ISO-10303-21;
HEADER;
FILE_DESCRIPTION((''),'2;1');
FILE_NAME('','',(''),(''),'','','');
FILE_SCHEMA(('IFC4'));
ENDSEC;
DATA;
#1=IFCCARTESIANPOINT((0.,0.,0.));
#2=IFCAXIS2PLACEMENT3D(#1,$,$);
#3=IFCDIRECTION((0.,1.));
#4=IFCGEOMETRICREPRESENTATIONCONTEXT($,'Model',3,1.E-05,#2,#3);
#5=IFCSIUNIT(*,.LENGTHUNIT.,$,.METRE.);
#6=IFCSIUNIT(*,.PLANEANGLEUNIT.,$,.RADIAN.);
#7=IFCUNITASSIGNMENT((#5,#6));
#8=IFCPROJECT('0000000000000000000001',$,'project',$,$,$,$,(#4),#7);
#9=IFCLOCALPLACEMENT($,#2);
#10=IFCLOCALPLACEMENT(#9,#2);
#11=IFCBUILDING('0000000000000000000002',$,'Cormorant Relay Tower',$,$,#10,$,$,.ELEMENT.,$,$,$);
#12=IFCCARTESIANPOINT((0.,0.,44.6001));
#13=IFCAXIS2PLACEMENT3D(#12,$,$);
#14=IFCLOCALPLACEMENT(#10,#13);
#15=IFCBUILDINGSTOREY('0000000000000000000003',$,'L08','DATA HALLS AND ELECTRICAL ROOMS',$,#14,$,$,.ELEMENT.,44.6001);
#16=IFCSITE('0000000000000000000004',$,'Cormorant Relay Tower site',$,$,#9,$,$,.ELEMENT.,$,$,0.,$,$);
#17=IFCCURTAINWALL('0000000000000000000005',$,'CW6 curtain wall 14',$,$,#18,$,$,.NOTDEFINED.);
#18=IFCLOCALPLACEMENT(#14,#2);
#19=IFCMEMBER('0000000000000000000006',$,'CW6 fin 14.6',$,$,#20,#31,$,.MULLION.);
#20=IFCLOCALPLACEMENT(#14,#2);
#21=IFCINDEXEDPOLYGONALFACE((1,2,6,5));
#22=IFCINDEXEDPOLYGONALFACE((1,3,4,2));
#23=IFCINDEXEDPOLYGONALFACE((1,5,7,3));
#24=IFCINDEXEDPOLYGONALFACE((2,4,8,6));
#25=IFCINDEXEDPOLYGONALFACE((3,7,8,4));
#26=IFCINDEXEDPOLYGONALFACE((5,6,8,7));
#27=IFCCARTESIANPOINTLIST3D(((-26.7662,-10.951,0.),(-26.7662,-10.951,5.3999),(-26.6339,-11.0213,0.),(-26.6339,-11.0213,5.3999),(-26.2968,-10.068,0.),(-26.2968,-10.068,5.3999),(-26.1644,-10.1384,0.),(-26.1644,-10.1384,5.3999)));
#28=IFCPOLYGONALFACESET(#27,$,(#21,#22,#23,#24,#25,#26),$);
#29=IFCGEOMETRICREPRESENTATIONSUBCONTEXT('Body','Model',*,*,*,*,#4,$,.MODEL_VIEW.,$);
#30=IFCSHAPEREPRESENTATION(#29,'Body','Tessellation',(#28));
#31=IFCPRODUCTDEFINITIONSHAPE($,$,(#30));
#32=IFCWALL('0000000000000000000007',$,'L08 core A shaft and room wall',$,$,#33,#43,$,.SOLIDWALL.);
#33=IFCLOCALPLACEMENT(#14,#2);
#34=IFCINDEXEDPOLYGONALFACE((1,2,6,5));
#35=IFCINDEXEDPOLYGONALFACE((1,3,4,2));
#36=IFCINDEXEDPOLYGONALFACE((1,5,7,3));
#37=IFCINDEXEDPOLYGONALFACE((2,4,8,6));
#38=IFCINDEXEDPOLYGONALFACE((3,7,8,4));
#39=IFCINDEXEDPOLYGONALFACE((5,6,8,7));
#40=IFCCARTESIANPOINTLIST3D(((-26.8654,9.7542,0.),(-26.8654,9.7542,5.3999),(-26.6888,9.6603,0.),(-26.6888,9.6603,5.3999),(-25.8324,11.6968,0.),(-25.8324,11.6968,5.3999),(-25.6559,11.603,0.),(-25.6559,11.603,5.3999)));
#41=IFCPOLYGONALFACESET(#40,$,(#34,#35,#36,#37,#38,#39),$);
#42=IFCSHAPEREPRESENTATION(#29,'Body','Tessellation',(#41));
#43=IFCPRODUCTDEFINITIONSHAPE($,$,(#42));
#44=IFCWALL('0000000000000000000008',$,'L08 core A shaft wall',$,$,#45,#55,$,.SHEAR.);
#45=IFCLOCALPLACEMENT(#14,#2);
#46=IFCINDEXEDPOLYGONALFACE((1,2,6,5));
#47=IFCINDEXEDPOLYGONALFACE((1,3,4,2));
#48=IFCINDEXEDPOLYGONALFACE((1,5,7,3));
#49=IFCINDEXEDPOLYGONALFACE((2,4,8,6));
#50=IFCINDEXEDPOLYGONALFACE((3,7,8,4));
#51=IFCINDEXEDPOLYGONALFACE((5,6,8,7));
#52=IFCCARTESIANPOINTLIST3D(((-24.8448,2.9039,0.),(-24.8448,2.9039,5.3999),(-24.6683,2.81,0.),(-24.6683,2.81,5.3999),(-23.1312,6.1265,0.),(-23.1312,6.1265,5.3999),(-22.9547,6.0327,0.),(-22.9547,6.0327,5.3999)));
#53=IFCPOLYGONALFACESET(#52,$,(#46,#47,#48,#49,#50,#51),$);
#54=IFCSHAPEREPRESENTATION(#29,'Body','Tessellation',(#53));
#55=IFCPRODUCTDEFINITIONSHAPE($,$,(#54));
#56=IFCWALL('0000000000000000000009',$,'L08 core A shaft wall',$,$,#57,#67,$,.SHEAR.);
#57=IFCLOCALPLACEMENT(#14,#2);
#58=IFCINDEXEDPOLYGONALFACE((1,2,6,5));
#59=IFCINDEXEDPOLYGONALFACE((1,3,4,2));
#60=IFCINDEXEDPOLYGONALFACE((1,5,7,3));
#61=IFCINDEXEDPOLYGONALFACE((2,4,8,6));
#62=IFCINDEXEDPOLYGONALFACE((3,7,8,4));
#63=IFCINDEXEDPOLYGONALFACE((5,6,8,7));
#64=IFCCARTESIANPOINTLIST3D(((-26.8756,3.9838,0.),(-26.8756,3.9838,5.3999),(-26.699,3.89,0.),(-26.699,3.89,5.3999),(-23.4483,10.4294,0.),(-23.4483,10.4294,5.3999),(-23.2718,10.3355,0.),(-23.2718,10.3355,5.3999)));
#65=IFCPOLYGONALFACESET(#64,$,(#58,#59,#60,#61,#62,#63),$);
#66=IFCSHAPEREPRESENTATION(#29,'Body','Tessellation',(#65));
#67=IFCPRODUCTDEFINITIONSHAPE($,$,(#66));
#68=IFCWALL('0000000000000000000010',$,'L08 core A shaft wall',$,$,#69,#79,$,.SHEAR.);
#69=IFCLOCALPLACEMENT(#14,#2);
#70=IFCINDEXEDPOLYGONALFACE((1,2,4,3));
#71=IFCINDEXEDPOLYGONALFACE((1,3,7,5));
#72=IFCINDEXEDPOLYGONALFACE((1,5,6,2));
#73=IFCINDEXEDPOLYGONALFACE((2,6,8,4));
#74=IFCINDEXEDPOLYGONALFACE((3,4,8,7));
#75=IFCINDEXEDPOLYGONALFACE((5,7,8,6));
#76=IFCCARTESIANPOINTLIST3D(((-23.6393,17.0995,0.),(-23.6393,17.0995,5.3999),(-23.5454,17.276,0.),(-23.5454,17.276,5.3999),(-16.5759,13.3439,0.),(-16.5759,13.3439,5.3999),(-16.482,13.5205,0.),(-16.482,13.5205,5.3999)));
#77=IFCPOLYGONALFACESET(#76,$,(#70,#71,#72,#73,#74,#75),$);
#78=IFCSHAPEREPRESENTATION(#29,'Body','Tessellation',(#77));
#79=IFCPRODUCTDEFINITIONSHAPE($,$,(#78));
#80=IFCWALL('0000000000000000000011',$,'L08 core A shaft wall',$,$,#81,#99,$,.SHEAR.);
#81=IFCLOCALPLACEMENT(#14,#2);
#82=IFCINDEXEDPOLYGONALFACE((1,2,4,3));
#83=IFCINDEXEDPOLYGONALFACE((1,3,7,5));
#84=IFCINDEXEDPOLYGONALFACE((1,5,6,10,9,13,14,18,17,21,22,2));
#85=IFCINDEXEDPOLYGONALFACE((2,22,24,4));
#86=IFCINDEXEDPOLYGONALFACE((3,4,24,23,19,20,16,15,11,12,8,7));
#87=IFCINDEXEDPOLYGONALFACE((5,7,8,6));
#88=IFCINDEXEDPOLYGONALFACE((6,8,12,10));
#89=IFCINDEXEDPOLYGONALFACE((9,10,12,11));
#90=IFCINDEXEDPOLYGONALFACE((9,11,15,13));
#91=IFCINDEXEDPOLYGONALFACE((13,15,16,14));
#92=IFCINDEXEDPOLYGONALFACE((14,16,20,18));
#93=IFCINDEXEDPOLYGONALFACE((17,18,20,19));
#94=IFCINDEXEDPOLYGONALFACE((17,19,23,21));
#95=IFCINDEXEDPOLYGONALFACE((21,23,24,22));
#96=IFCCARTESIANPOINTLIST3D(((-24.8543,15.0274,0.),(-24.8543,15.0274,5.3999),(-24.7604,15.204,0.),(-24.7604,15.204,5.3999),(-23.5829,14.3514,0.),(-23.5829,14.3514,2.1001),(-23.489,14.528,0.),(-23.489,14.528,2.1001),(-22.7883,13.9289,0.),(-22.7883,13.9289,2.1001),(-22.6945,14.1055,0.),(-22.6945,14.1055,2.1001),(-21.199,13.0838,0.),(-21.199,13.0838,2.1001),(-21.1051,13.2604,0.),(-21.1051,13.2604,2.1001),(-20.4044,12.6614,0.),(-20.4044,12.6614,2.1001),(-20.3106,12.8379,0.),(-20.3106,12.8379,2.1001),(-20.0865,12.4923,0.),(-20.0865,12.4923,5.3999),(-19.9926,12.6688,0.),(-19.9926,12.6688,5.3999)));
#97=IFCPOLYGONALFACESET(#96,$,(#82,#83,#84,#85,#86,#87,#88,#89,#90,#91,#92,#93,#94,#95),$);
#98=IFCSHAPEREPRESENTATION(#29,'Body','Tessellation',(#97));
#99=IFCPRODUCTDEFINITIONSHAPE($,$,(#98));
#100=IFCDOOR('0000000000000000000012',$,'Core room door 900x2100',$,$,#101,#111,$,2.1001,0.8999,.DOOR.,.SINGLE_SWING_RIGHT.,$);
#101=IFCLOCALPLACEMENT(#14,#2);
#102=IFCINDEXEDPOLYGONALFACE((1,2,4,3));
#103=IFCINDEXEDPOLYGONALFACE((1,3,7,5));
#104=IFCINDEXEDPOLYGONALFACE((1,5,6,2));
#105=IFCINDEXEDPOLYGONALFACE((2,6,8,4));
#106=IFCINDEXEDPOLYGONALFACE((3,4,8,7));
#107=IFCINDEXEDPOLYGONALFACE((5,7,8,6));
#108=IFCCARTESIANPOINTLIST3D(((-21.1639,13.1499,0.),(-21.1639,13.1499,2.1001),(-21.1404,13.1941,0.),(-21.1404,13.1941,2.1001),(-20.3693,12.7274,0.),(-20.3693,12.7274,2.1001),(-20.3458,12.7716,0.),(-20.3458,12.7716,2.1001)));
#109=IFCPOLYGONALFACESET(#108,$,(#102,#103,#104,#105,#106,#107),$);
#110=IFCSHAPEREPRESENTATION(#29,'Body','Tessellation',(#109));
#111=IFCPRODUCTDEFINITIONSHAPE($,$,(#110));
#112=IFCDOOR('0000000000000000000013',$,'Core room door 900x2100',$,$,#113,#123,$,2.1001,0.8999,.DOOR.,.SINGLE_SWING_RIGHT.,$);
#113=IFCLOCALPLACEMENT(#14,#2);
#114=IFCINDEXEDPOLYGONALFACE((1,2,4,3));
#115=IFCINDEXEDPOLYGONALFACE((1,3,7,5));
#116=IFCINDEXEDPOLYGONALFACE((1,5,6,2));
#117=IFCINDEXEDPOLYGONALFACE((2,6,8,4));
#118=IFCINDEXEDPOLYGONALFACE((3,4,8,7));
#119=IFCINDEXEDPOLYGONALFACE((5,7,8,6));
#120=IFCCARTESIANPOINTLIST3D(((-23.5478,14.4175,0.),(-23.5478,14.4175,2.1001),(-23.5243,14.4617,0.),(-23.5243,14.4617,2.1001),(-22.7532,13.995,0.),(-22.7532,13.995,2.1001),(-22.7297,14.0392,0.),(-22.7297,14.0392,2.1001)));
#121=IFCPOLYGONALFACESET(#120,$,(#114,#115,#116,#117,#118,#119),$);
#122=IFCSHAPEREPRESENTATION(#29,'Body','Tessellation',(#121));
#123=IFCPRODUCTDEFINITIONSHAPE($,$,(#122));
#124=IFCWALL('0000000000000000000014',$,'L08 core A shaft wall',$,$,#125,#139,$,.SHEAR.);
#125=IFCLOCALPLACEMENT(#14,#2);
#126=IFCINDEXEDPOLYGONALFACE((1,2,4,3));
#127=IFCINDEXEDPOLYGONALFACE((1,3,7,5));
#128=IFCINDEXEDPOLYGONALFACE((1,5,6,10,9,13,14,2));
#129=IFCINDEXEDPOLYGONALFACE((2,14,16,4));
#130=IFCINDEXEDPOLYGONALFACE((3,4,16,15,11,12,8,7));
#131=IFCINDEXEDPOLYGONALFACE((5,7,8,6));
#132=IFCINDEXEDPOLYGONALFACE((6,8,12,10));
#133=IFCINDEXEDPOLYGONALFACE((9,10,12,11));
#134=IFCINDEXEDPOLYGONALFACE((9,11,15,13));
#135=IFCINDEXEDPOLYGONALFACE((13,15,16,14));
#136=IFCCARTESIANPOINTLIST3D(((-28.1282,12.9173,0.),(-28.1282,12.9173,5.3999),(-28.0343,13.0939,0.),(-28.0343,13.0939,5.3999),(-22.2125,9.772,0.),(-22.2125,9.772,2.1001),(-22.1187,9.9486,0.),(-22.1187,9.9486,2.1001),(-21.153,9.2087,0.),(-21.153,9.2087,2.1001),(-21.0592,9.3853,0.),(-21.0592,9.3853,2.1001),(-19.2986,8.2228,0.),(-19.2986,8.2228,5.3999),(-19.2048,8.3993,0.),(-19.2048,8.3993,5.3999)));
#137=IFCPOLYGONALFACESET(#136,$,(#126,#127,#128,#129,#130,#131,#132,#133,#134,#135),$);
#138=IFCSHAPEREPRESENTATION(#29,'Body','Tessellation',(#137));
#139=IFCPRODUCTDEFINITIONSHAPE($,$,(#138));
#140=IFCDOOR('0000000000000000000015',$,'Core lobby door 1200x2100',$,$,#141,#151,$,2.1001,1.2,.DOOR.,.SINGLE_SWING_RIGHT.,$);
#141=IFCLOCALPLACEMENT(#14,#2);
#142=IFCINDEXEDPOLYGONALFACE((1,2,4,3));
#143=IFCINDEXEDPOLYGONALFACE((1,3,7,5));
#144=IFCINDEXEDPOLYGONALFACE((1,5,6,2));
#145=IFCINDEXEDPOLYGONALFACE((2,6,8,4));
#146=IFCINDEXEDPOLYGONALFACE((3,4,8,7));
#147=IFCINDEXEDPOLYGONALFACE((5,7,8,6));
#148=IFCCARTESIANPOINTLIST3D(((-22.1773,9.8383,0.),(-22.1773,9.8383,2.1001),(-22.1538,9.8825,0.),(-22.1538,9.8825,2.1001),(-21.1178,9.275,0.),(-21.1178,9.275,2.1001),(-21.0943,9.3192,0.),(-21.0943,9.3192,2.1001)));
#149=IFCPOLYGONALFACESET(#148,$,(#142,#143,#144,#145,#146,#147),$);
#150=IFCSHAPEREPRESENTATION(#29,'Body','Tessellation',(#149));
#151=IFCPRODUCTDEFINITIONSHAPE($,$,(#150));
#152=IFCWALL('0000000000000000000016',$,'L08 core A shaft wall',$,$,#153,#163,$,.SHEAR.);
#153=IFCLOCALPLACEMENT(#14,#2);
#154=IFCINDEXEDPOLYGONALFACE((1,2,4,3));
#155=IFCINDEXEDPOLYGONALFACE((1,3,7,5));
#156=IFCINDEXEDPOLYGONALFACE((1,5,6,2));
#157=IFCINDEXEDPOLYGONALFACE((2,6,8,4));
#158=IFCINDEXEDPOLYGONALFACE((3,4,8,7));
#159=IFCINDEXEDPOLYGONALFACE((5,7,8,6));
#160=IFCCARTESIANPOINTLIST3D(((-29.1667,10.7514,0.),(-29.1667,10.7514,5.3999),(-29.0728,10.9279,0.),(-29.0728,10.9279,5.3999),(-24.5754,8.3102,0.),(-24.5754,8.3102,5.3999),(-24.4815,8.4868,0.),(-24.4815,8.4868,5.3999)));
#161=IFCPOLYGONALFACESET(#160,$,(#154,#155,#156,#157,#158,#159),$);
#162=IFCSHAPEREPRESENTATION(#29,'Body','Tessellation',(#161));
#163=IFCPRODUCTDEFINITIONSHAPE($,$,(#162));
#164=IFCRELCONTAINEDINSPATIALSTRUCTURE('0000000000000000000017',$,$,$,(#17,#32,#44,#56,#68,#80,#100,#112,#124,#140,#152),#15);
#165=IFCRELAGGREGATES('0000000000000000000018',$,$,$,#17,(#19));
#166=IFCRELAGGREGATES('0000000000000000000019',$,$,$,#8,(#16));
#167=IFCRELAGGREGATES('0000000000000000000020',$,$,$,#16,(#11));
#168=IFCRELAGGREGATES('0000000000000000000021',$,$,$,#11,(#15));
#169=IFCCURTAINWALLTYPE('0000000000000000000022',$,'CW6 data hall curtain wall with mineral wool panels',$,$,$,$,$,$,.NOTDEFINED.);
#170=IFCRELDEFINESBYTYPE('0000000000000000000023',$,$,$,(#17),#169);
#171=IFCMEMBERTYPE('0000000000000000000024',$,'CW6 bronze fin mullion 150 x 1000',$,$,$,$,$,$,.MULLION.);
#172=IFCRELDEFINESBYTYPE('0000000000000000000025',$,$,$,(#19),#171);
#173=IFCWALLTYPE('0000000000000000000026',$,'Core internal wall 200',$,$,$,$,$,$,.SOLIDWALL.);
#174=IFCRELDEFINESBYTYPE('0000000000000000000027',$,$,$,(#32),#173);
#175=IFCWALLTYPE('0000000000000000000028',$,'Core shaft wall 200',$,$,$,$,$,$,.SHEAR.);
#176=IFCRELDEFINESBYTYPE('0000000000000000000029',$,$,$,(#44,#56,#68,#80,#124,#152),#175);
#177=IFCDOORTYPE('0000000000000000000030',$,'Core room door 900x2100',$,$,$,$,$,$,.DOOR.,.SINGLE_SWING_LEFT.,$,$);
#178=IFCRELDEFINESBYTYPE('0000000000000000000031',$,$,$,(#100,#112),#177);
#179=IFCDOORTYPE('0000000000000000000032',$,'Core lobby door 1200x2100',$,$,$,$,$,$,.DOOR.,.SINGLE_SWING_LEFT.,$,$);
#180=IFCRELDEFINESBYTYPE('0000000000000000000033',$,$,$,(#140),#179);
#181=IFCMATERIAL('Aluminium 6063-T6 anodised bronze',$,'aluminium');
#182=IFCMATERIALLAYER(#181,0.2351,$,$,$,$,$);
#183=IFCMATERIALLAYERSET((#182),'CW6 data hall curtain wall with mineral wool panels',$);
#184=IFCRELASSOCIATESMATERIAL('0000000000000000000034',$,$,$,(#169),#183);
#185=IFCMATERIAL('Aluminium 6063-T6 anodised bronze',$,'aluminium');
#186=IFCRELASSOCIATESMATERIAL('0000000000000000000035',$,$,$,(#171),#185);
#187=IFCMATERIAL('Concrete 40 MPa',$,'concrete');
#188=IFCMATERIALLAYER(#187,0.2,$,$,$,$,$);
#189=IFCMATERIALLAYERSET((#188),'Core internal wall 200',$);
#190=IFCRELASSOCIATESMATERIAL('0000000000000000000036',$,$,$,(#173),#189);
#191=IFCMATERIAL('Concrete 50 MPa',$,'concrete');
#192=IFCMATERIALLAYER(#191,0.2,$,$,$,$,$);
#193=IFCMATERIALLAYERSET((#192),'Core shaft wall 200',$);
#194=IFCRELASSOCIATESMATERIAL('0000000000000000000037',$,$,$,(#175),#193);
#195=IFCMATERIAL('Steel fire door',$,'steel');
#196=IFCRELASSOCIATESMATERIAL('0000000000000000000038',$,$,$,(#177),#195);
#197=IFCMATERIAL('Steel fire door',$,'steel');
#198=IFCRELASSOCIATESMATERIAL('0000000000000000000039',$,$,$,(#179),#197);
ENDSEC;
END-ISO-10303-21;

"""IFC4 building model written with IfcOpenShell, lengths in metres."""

from ifc_helpers import new_model, si_unit, direction, frame, frame_2d, origin, origin_2d, place, context, subcontext, project, spatial, rectangle, extrude, material, layer, layer_set, material_profile, profile_set, type_object, element, fill, aggregate, save


model = new_model("IFC4")

# Units and contexts
model_context = context("Model", 3, precision=1e-05, world=origin(), true_north=direction((0.0, 1.0)))
body_context = subcontext(model_context, "Body", "Model", "MODEL_VIEW")
ifc_project = project(units=[si_unit("LENGTHUNIT", "METRE"), si_unit("PLANEANGLEUNIT", "RADIAN")], contexts=[model_context])

# Site, building, storey
site_placement = place(None, origin())
site = spatial("IfcSite", under=ifc_project, at=site_placement, Name="Cormorant Relay Tower site", CompositionType="ELEMENT", RefElevation=0.0)
building_placement = place(site_placement, origin())
building = spatial("IfcBuilding", under=site, at=building_placement, Name="Cormorant Relay Tower", CompositionType="ELEMENT")
storey_placement = place(building_placement, frame((0.0, 0.0, 44.6001)))
storey = spatial("IfcBuildingStorey", under=building, at=storey_placement, Name="L08", Description="DATA HALLS AND ELECTRICAL ROOMS", CompositionType="ELEMENT", Elevation=44.6001)

# Curtain wall, member
ifc_material_1 = material(Name="Aluminium 6063-T6 anodised bronze", Category="aluminium")
ifc_layer_1 = layer(ifc_material_1, 0.2351)
ifc_layer_set_1 = layer_set([ifc_layer_1], Name="CW6 data hall curtain wall with mineral wool panels")
curtain_wall_type = type_object("IfcCurtainWallType", Name="CW6 data hall curtain wall with mineral wool panels", PredefinedType="NOTDEFINED", material=ifc_layer_set_1)
curtain_wall_placement = place(storey_placement, origin())
curtain_wall = element("IfcCurtainWall", 1, at=curtain_wall_placement, inside=storey, type_object=curtain_wall_type, Name="CW6 curtain wall 14", PredefinedType="NOTDEFINED")
ifc_material_2 = material(Name="Aluminium 6063-T6 anodised bronze", Category="aluminium")
ifc_material_profile = material_profile(ifc_material_2, rectangle(XDim=0.1499, YDim=1.0, at=origin_2d()), Name="AL 150x1000")
ifc_profile_set = profile_set([ifc_material_profile], Name="Aluminium 6063-T6 anodised bronze")
member_type = type_object("IfcMemberType", Name="CW6 bronze fin mullion 150 x 1000", PredefinedType="MULLION", material=ifc_profile_set)
member_placement = place(storey_placement, frame((-26.4653, -10.5447, 0.0), z_axis=(0.0, 0.0, 1.0), x_axis=(0.882948, -0.469472, 0.0)))
member = element("IfcMember", 2, at=member_placement, type_object=member_type, Name="CW6 fin 14.6", PredefinedType="MULLION", context=body_context, shape_type="SweptSolid", body=[
    extrude(rectangle(XDim=0.1499, YDim=1.0, at=origin_2d()), origin(), (0.0, 0.0, 1.0), 5.3999),
])

# Walls
ifc_material_3 = material(Name="Concrete 40 MPa", Category="concrete")
ifc_layer_2 = layer(ifc_material_3, 0.2)
ifc_layer_set_2 = layer_set([ifc_layer_2], Name="Core internal wall 200")
wall_type_1 = type_object("IfcWallType", Name="Core internal wall 200", PredefinedType="SOLIDWALL", material=ifc_layer_set_2)
wall_1_placement = place(storey_placement, frame((-25.7441, 11.6499, 0.0), z_axis=(0.0, 0.0, 1.0), x_axis=(-0.469488, -0.882939, 0.0)))
element("IfcWall", 3, at=wall_1_placement, inside=storey, type_object=wall_type_1, Name="L08 core A shaft and room wall", PredefinedType="SOLIDWALL", context=body_context, shape_type="SweptSolid", body=[
    extrude(rectangle(XDim=2.2002, YDim=0.2, at=frame_2d((1.1001, 0.0))), origin(), (0.0, 0.0, 1.0), 5.3999),
])
ifc_material_4 = material(Name="Concrete 50 MPa", Category="concrete")
ifc_layer_3 = layer(ifc_material_4, 0.2)
ifc_layer_set_3 = layer_set([ifc_layer_3], Name="Core shaft wall 200")
wall_type_2 = type_object("IfcWallType", Name="Core shaft wall 200", PredefinedType="SHEAR", material=ifc_layer_set_3)
wall_2_placement = place(storey_placement, frame((-23.043, 6.0796, 0.0), z_axis=(0.0, 0.0, 1.0), x_axis=(-0.469494, -0.882936, 0.0)))
element("IfcWall", 4, at=wall_2_placement, inside=storey, type_object=wall_type_2, Name="L08 core A shaft wall", PredefinedType="SHEAR", context=body_context, shape_type="SweptSolid", body=[
    extrude(rectangle(XDim=3.6499, YDim=0.2, at=frame_2d((1.825, 0.0))), origin(), (0.0, 0.0, 1.0), 5.3999),
])
wall_3_placement = place(storey_placement, frame((-23.3601, 10.3823, 0.0), z_axis=(0.0, 0.0, 1.0), x_axis=(-0.46948, -0.882943, 0.0)))
element("IfcWall", 5, at=wall_3_placement, inside=storey, type_object=wall_type_2, Name="L08 core A shaft wall", PredefinedType="SHEAR", context=body_context, shape_type="SweptSolid", body=[
    extrude(rectangle(XDim=7.3, YDim=0.2, at=frame_2d((3.6499, 0.0))), origin(), (0.0, 0.0, 1.0), 5.3999),
])
wall_4_placement = place(storey_placement, frame((-16.5288, 13.4321, 0.0), z_axis=(0.0, 0.0, 1.0), x_axis=(-0.882953, 0.469462, 0.0)))
element("IfcWall", 6, at=wall_4_placement, inside=storey, type_object=wall_type_2, Name="L08 core A shaft wall", PredefinedType="SHEAR", context=body_context, shape_type="SweptSolid", body=[
    extrude(rectangle(XDim=7.9998, YDim=0.2, at=frame_2d((4.0, 0.0))), origin(), (0.0, 0.0, 1.0), 5.3999),
])

# Wall, openings, doors
wall_5_placement = place(storey_placement, frame((-20.0396, 12.5806, 0.0), z_axis=(0.0, 0.0, 1.0), x_axis=(-0.882943, 0.46948, 0.0)))
wall_5 = element("IfcWall", 7, at=wall_5_placement, inside=storey, type_object=wall_type_2, Name="L08 core A shaft wall", PredefinedType="SHEAR", context=body_context, shape_type="SweptSolid", body=[
    extrude(rectangle(XDim=5.3999, YDim=0.2, at=frame_2d((2.7, 0.0))), origin(), (0.0, 0.0, 1.0), 5.3999),
])
opening_1_placement = place(wall_5_placement, frame((0.3601, 0.0, 0.0)))
opening_1 = element("IfcOpeningElement", 8, at=opening_1_placement, cuts=wall_5, PredefinedType="OPENING", context=body_context, shape_type="SweptSolid", body=[
    extrude(rectangle(XDim=0.8999, YDim=2.1001, at=frame_2d((0.45, 1.05))), frame((0.0, 0.1099, 0.0), z_axis=(0.0, -1.0, 0.0), x_axis=(1.0, 0.0, 0.0)), (0.0, 0.0, 1.0), 0.22),
])
opening_2_placement = place(wall_5_placement, frame((3.0601, 0.0, 0.0)))
opening_2 = element("IfcOpeningElement", 9, at=opening_2_placement, cuts=wall_5, PredefinedType="OPENING", context=body_context, shape_type="SweptSolid", body=[
    extrude(rectangle(XDim=0.8999, YDim=2.1001, at=frame_2d((0.45, 1.05))), frame((0.0, 0.1099, 0.0), z_axis=(0.0, -1.0, 0.0), x_axis=(1.0, 0.0, 0.0)), (0.0, 0.0, 1.0), 0.22),
])
ifc_material_5 = material(Name="Steel fire door", Category="steel")
door_type_1 = type_object("IfcDoorType", Name="Core room door 900x2100", OperationType="SINGLE_SWING_LEFT", PredefinedType="DOOR", material=ifc_material_5)
door_1_placement = place(opening_1_placement, frame((0.8999, 0.0, 0.0), z_axis=(0.0, 0.0, 1.0), x_axis=(-1.0, 0.0, 0.0)))
door_1 = element("IfcDoor", 10, at=door_1_placement, inside=storey, type_object=door_type_1, Name="Core room door 900x2100", OperationType="SINGLE_SWING_RIGHT", OverallHeight=2.1001, OverallWidth=0.8999, PredefinedType="DOOR", context=body_context, shape_type="SweptSolid", body=[
    extrude(rectangle(XDim=0.8999, YDim=2.1001, at=frame_2d((0.45, 1.05))), frame((0.0, 0.0249, 0.0), z_axis=(0.0, -1.0, 0.0), x_axis=(1.0, 0.0, 0.0)), (0.0, 0.0, 1.0), 0.05),
])
fill(opening_1, door_1)
door_2_placement = place(opening_2_placement, frame((0.8999, 0.0, 0.0), z_axis=(0.0, 0.0, 1.0), x_axis=(-1.0, 0.0, 0.0)))
door_2 = element("IfcDoor", 11, at=door_2_placement, inside=storey, type_object=door_type_1, Name="Core room door 900x2100", OperationType="SINGLE_SWING_RIGHT", OverallHeight=2.1001, OverallWidth=0.8999, PredefinedType="DOOR", context=body_context, shape_type="SweptSolid", body=[
    extrude(rectangle(XDim=0.8999, YDim=2.1001, at=frame_2d((0.45, 1.05))), frame((0.0, 0.0249, 0.0), z_axis=(0.0, -1.0, 0.0), x_axis=(1.0, 0.0, 0.0)), (0.0, 0.0, 1.0), 0.05),
])
fill(opening_2, door_2)

# Wall, opening, door
wall_6_placement = place(storey_placement, frame((-19.2517, 8.311, 0.0), z_axis=(0.0, 0.0, 1.0), x_axis=(-0.882956, 0.469456, 0.0)))
wall_6 = element("IfcWall", 12, at=wall_6_placement, inside=storey, type_object=wall_type_2, Name="L08 core A shaft wall", PredefinedType="SHEAR", context=body_context, shape_type="SweptSolid", body=[
    extrude(rectangle(XDim=10.0, YDim=0.2, at=frame_2d((5.0, 0.0))), origin(), (0.0, 0.0, 1.0), 5.3999),
])
opening_3_placement = place(wall_6_placement, frame((2.1001, 0.0, 0.0)))
opening_3 = element("IfcOpeningElement", 13, at=opening_3_placement, cuts=wall_6, PredefinedType="OPENING", context=body_context, shape_type="SweptSolid", body=[
    extrude(rectangle(XDim=1.2, YDim=2.1001, at=frame_2d((0.6001, 1.05))), frame((0.0, 0.1099, 0.0), z_axis=(0.0, -1.0, 0.0), x_axis=(1.0, 0.0, 0.0)), (0.0, 0.0, 1.0), 0.22),
])
ifc_material_6 = material(Name="Steel fire door", Category="steel")
door_type_2 = type_object("IfcDoorType", Name="Core lobby door 1200x2100", OperationType="SINGLE_SWING_LEFT", PredefinedType="DOOR", material=ifc_material_6)
door_3_placement = place(opening_3_placement, origin())
door_3 = element("IfcDoor", 14, at=door_3_placement, inside=storey, type_object=door_type_2, Name="Core lobby door 1200x2100", OperationType="SINGLE_SWING_RIGHT", OverallHeight=2.1001, OverallWidth=1.2, PredefinedType="DOOR", context=body_context, shape_type="SweptSolid", body=[
    extrude(rectangle(XDim=1.2, YDim=2.1001, at=frame_2d((0.6001, 1.05))), frame((0.0, 0.0249, 0.0), z_axis=(0.0, -1.0, 0.0), x_axis=(1.0, 0.0, 0.0)), (0.0, 0.0, 1.0), 0.05),
])
fill(opening_3, door_3)

# Wall
wall_7_placement = place(storey_placement, frame((-24.5283, 8.3984, 0.0), z_axis=(0.0, 0.0, 1.0), x_axis=(-0.882954, 0.46946, 0.0)))
element("IfcWall", 15, at=wall_7_placement, inside=storey, type_object=wall_type_2, Name="L08 core A shaft wall", PredefinedType="SHEAR", context=body_context, shape_type="SweptSolid", body=[
    extrude(rectangle(XDim=5.2, YDim=0.2, at=frame_2d((2.6001, 0.0))), origin(), (0.0, 0.0, 1.0), 5.3999),
])

aggregate(curtain_wall, [member])

save(model, "model.ifc")
